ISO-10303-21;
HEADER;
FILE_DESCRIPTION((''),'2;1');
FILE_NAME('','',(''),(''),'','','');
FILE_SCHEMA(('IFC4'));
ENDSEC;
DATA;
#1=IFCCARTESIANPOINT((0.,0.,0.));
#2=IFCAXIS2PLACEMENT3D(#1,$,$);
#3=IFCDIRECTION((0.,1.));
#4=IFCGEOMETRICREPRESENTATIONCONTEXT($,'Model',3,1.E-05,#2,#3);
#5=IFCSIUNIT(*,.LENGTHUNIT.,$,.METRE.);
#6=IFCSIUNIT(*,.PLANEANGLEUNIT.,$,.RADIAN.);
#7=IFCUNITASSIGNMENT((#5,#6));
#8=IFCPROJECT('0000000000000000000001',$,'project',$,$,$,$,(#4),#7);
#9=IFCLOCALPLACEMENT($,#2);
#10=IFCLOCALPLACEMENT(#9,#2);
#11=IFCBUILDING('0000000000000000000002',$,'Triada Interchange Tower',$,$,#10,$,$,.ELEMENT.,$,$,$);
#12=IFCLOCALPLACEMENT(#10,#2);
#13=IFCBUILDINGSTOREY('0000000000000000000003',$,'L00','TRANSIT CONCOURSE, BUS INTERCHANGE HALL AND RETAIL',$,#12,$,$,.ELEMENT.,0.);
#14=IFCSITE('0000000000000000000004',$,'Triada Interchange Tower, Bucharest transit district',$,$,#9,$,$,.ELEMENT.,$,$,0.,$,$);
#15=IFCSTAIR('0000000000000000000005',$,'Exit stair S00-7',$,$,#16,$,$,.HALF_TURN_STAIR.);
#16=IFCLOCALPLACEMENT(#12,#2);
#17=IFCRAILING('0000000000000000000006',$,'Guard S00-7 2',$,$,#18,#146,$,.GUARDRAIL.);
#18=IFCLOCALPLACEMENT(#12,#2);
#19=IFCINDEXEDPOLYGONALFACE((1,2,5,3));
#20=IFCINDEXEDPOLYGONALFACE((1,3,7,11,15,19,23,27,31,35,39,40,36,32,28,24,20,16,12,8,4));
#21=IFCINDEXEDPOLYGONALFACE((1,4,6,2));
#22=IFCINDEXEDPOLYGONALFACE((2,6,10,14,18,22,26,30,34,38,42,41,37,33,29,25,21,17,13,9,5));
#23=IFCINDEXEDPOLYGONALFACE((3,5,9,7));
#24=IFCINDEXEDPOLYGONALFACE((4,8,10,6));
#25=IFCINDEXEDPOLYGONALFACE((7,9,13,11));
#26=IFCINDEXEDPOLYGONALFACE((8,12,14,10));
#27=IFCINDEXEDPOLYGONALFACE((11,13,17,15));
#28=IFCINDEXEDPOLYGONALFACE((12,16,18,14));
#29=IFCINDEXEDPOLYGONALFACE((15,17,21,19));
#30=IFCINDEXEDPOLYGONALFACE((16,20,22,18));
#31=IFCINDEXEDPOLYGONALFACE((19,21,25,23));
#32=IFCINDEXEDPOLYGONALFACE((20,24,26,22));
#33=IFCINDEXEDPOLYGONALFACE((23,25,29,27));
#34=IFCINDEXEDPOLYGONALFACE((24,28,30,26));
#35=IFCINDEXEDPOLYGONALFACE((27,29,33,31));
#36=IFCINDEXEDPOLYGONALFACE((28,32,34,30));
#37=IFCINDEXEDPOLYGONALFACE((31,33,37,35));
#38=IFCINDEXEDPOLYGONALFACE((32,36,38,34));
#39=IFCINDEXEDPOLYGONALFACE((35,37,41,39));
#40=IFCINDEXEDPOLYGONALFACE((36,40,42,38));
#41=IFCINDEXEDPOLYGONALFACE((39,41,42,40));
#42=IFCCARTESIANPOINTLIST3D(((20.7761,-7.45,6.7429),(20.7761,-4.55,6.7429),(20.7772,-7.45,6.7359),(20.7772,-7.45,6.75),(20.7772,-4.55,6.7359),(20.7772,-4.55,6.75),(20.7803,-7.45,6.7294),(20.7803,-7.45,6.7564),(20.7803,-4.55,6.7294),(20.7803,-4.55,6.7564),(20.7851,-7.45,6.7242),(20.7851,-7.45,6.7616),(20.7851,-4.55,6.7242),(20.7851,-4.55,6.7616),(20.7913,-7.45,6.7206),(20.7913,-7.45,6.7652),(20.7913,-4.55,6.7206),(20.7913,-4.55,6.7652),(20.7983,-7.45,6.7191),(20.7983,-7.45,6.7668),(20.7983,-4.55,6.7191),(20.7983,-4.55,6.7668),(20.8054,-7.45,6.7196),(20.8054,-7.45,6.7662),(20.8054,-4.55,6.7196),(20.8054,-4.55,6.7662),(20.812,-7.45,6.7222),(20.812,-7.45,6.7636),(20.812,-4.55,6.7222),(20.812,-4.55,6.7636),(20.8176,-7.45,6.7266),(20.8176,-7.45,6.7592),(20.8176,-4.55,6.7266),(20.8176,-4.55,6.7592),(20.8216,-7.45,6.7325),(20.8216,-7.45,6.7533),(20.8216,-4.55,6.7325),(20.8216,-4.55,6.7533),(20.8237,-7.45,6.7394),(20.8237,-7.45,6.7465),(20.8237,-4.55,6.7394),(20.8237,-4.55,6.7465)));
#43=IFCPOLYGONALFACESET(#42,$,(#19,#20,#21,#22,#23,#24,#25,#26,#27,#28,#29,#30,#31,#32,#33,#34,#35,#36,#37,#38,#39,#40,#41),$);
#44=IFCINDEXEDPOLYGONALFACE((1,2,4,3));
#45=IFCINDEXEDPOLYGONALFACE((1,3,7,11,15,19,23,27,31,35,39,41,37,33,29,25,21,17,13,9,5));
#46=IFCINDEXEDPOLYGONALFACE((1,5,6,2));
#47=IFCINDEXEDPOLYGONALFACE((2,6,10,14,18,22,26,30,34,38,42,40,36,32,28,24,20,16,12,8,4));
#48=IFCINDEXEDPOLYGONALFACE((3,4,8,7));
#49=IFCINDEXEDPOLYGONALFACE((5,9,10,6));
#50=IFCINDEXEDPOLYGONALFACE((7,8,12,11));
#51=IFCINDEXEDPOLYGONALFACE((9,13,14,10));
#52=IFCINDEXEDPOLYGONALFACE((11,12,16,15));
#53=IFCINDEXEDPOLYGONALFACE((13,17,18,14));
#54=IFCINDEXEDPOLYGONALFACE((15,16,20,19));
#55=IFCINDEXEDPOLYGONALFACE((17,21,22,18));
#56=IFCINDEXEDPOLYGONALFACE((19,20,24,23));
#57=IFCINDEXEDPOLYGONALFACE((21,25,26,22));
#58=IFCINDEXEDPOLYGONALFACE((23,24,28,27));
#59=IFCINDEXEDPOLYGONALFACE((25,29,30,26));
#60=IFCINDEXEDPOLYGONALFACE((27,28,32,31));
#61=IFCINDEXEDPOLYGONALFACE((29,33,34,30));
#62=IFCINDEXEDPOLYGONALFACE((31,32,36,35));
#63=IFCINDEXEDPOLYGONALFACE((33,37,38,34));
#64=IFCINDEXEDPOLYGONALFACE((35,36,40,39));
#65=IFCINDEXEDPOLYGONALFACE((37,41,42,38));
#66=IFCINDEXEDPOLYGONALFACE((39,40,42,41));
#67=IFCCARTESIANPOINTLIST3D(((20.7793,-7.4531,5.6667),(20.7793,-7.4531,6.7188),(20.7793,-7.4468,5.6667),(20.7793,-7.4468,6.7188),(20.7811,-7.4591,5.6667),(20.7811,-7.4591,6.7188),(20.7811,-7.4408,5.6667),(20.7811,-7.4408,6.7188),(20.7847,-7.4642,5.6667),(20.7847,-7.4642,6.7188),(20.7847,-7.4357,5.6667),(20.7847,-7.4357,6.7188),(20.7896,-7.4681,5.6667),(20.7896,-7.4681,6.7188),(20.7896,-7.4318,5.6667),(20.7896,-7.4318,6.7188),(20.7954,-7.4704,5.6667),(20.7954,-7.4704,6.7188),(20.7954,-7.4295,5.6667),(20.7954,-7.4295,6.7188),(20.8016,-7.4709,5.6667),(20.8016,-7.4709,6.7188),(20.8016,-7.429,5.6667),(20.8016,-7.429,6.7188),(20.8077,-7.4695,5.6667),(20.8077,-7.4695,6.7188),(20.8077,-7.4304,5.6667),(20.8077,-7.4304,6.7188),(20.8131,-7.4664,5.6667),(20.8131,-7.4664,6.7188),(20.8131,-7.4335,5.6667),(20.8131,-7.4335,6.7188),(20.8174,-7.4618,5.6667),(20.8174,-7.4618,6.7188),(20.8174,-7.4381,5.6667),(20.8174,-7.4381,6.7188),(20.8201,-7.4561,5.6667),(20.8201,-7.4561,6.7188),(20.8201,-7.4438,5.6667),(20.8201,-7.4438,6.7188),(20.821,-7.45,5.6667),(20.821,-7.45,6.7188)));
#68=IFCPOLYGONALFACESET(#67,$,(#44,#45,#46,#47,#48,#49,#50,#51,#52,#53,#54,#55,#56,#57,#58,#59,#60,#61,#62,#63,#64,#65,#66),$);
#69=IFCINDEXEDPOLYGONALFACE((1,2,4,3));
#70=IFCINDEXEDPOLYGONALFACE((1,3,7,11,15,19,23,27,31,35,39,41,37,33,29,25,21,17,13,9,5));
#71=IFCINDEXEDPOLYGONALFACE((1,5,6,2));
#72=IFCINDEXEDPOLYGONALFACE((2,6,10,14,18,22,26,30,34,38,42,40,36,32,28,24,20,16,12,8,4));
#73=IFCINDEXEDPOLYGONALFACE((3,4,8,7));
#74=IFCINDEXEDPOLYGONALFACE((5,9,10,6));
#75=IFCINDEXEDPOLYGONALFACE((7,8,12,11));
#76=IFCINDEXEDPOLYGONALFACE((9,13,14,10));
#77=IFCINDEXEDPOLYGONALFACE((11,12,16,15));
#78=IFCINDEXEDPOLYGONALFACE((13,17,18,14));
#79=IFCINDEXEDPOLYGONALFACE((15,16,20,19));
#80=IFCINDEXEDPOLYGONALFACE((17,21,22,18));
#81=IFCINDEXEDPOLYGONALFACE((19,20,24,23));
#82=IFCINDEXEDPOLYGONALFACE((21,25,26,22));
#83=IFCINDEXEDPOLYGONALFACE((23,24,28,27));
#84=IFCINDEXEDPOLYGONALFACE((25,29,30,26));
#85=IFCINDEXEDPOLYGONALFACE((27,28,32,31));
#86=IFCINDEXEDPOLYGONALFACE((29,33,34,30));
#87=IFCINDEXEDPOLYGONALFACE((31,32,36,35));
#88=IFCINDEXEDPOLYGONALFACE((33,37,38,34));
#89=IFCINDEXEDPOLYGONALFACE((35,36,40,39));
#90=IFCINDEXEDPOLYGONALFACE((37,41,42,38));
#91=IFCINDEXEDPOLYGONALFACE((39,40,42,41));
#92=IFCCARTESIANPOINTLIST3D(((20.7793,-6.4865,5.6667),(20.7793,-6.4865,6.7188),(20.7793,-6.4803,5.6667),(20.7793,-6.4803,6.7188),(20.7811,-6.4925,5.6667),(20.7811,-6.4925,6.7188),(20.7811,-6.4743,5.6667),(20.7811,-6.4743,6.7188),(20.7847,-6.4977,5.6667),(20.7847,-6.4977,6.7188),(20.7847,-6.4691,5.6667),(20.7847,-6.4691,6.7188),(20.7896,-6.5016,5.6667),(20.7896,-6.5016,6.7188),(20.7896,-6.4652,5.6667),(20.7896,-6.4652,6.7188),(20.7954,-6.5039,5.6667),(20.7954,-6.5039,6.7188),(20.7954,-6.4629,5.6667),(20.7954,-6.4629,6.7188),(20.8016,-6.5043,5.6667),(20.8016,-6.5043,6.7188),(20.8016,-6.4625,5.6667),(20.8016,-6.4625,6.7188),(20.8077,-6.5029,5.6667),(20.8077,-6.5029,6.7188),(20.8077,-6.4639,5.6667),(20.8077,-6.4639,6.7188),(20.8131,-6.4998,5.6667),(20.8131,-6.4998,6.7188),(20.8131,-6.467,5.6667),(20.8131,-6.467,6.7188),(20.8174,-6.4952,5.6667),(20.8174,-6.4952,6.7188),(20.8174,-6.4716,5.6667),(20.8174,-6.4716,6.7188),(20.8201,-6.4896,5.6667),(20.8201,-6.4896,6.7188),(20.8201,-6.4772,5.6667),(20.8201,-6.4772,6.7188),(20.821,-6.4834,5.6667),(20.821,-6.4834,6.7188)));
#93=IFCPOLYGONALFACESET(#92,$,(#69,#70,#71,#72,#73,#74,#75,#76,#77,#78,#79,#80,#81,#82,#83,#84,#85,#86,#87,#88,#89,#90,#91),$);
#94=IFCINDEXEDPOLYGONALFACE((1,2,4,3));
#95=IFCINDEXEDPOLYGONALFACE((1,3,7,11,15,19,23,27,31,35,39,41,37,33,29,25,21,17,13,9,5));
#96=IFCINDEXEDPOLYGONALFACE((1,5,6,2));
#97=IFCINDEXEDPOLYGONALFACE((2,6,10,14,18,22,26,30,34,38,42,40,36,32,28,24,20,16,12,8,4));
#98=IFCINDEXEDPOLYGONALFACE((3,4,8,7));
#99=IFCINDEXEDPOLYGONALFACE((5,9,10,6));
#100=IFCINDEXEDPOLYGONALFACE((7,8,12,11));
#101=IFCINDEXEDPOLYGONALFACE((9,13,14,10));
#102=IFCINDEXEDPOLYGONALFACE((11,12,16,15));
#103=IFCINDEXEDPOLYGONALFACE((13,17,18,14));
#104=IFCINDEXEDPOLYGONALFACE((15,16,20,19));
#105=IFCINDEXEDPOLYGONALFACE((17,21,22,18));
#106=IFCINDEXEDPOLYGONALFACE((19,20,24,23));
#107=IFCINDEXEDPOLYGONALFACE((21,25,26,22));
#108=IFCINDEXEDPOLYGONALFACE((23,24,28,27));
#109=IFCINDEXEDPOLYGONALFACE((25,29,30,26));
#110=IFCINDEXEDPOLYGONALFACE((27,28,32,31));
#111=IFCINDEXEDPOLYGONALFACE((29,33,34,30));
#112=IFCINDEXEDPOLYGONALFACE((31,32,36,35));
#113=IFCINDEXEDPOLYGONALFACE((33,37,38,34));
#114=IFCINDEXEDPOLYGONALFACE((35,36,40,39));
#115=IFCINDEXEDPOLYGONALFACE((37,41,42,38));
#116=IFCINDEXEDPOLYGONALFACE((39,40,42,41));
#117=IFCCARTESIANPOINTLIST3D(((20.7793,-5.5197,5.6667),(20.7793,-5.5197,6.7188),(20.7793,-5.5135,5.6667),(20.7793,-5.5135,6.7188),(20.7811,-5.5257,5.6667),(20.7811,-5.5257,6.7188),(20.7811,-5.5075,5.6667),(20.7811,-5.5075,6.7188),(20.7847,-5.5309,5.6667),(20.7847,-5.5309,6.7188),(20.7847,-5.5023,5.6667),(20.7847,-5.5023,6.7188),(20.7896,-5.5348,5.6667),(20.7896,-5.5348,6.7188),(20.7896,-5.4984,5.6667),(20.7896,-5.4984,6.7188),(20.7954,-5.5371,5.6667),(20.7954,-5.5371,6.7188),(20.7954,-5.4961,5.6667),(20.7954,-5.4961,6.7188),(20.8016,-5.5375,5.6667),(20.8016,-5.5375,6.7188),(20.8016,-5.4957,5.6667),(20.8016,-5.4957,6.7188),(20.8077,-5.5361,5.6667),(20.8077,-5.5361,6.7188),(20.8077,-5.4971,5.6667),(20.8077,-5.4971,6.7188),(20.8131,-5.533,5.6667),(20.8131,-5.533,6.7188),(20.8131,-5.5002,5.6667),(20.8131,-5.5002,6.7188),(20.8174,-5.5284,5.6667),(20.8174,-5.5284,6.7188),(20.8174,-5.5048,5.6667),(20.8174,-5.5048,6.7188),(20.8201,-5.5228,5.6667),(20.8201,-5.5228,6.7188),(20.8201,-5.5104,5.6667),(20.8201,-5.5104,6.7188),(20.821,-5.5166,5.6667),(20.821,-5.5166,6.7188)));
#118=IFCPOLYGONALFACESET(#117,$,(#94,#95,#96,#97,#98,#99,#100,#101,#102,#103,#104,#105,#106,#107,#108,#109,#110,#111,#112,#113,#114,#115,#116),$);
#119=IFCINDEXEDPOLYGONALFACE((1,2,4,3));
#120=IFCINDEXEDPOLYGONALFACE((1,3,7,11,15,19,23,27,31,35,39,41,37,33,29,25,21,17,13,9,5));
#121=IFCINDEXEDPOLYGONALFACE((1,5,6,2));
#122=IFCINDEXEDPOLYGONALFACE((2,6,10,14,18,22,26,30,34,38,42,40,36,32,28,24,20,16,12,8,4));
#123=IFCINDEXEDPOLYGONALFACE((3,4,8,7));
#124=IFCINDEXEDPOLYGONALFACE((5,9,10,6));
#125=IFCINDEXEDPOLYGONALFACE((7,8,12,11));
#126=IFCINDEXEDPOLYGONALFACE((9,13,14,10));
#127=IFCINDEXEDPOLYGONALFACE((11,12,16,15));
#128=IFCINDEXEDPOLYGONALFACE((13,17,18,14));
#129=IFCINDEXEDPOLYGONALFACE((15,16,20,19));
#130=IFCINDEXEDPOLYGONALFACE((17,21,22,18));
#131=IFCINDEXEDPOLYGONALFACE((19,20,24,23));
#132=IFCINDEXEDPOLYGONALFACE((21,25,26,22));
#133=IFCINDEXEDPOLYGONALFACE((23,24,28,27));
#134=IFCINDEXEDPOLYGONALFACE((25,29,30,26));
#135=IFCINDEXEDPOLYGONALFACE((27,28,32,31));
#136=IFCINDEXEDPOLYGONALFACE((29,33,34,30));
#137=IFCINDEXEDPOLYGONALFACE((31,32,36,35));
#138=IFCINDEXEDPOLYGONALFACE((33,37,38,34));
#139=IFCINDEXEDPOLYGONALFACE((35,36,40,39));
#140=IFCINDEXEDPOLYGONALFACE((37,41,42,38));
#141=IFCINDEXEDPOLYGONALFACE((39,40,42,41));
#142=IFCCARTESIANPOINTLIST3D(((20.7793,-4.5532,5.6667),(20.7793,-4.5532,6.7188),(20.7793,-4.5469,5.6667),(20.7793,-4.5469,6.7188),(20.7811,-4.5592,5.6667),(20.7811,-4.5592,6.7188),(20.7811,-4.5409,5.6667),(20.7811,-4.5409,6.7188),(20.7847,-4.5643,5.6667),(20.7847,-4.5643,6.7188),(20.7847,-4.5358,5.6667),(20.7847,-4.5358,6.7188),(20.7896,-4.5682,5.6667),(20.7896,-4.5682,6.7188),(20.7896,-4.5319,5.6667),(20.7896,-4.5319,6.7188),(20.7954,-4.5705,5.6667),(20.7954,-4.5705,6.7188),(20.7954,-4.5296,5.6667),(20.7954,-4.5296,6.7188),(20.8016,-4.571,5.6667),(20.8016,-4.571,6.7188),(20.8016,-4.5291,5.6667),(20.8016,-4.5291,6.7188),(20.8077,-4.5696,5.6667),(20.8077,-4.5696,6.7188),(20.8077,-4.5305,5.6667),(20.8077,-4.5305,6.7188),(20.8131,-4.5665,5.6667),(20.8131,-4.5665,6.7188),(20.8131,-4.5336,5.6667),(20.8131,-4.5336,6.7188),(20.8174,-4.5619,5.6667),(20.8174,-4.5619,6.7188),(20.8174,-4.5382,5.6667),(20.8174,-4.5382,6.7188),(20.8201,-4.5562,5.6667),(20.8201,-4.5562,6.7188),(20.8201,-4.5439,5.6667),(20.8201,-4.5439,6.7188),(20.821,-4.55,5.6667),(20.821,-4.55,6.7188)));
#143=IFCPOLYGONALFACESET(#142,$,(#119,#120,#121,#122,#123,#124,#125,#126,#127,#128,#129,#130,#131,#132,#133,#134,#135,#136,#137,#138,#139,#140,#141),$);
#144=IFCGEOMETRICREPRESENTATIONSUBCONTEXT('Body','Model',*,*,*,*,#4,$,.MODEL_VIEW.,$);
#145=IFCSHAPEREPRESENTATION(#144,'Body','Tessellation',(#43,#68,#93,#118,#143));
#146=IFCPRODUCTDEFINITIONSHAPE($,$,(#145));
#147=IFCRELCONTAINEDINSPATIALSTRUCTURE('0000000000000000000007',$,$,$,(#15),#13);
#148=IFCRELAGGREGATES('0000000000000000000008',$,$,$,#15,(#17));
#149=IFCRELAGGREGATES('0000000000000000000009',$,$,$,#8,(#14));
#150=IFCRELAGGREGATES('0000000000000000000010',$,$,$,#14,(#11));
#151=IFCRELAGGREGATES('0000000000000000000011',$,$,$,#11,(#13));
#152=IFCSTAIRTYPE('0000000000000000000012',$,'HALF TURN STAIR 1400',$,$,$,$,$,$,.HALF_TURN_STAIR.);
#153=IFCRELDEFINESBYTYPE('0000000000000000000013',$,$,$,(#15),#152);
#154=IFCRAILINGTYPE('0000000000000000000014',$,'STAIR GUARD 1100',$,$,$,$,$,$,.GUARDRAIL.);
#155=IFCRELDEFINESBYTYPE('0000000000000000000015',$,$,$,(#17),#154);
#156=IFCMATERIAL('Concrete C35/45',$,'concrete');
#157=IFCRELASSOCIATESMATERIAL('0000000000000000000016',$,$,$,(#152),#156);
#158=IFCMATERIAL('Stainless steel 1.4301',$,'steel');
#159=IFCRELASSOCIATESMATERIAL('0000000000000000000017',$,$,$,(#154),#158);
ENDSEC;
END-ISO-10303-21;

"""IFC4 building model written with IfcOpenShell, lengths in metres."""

from ifc_helpers import new_model, si_unit, direction, frame, origin, origin_2d, place, context, subcontext, project, spatial, circle, extrude, material, type_object, element, aggregate, save


model = new_model("IFC4")

# Units and contexts
model_context = context("Model", 3, precision=1e-05, world=origin(), true_north=direction((0.0, 1.0)))
body_context = subcontext(model_context, "Body", "Model", "MODEL_VIEW")
ifc_project = project(units=[si_unit("LENGTHUNIT", "METRE"), si_unit("PLANEANGLEUNIT", "RADIAN")], contexts=[model_context])

# Site, building, storey
site_placement = place(None, origin())
site = spatial("IfcSite", under=ifc_project, at=site_placement, Name="Triada Interchange Tower, Bucharest transit district", CompositionType="ELEMENT", RefElevation=0.0)
building_placement = place(site_placement, origin())
building = spatial("IfcBuilding", under=site, at=building_placement, Name="Triada Interchange Tower", CompositionType="ELEMENT")
storey_placement = place(building_placement, origin())
storey = spatial("IfcBuildingStorey", under=building, at=storey_placement, Name="L00", Description="TRANSIT CONCOURSE, BUS INTERCHANGE HALL AND RETAIL", CompositionType="ELEMENT", Elevation=0.0)

# Shared definitions
ifc_material_1 = material(Name="Concrete C35/45", Category="concrete")

# Stair, railing
stair_type = type_object("IfcStairType", Name="HALF TURN STAIR 1400", PredefinedType="HALF_TURN_STAIR", material=ifc_material_1)
stair_placement = place(storey_placement, origin())
stair = element("IfcStair", 1, at=stair_placement, inside=storey, type_object=stair_type, Name="Exit stair S00-7", PredefinedType="HALF_TURN_STAIR")
ifc_material_2 = material(Name="Stainless steel 1.4301", Category="steel")
railing_type_1 = type_object("IfcRailingType", Name="STAIR GUARD 1100", PredefinedType="GUARDRAIL", material=ifc_material_2)
railing_1_placement = place(storey_placement, frame((20.8, -7.45, 5.6667)))
railing_1 = element("IfcRailing", 2, at=railing_1_placement, type_object=railing_type_1, Name="Guard S00-7 2", PredefinedType="GUARDRAIL", context=body_context, shape_type="SweptSolid", body=[
    extrude(circle(Radius=0.0239, at=origin_2d()), frame((0.0, 0.0, 1.0762), z_axis=(0.0, 1.0, 0.0), x_axis=(-1.0, 0.0, 0.0)), (0.0, 0.0, 1.0), 2.8999),
    extrude(circle(Radius=0.021, at=origin_2d()), origin(), (0.0, 0.0, 1.0), 1.052),
    extrude(circle(Radius=0.021, at=origin_2d()), frame((0.0, 0.9666, 0.0)), (0.0, 0.0, 1.0), 1.052),
    extrude(circle(Radius=0.021, at=origin_2d()), frame((0.0, 1.9333, 0.0)), (0.0, 0.0, 1.0), 1.052),
    extrude(circle(Radius=0.021, at=origin_2d()), frame((0.0, 2.8999, 0.0)), (0.0, 0.0, 1.0), 1.052),
])
aggregate(stair, [railing_1])

save(model, "model.ifc")
